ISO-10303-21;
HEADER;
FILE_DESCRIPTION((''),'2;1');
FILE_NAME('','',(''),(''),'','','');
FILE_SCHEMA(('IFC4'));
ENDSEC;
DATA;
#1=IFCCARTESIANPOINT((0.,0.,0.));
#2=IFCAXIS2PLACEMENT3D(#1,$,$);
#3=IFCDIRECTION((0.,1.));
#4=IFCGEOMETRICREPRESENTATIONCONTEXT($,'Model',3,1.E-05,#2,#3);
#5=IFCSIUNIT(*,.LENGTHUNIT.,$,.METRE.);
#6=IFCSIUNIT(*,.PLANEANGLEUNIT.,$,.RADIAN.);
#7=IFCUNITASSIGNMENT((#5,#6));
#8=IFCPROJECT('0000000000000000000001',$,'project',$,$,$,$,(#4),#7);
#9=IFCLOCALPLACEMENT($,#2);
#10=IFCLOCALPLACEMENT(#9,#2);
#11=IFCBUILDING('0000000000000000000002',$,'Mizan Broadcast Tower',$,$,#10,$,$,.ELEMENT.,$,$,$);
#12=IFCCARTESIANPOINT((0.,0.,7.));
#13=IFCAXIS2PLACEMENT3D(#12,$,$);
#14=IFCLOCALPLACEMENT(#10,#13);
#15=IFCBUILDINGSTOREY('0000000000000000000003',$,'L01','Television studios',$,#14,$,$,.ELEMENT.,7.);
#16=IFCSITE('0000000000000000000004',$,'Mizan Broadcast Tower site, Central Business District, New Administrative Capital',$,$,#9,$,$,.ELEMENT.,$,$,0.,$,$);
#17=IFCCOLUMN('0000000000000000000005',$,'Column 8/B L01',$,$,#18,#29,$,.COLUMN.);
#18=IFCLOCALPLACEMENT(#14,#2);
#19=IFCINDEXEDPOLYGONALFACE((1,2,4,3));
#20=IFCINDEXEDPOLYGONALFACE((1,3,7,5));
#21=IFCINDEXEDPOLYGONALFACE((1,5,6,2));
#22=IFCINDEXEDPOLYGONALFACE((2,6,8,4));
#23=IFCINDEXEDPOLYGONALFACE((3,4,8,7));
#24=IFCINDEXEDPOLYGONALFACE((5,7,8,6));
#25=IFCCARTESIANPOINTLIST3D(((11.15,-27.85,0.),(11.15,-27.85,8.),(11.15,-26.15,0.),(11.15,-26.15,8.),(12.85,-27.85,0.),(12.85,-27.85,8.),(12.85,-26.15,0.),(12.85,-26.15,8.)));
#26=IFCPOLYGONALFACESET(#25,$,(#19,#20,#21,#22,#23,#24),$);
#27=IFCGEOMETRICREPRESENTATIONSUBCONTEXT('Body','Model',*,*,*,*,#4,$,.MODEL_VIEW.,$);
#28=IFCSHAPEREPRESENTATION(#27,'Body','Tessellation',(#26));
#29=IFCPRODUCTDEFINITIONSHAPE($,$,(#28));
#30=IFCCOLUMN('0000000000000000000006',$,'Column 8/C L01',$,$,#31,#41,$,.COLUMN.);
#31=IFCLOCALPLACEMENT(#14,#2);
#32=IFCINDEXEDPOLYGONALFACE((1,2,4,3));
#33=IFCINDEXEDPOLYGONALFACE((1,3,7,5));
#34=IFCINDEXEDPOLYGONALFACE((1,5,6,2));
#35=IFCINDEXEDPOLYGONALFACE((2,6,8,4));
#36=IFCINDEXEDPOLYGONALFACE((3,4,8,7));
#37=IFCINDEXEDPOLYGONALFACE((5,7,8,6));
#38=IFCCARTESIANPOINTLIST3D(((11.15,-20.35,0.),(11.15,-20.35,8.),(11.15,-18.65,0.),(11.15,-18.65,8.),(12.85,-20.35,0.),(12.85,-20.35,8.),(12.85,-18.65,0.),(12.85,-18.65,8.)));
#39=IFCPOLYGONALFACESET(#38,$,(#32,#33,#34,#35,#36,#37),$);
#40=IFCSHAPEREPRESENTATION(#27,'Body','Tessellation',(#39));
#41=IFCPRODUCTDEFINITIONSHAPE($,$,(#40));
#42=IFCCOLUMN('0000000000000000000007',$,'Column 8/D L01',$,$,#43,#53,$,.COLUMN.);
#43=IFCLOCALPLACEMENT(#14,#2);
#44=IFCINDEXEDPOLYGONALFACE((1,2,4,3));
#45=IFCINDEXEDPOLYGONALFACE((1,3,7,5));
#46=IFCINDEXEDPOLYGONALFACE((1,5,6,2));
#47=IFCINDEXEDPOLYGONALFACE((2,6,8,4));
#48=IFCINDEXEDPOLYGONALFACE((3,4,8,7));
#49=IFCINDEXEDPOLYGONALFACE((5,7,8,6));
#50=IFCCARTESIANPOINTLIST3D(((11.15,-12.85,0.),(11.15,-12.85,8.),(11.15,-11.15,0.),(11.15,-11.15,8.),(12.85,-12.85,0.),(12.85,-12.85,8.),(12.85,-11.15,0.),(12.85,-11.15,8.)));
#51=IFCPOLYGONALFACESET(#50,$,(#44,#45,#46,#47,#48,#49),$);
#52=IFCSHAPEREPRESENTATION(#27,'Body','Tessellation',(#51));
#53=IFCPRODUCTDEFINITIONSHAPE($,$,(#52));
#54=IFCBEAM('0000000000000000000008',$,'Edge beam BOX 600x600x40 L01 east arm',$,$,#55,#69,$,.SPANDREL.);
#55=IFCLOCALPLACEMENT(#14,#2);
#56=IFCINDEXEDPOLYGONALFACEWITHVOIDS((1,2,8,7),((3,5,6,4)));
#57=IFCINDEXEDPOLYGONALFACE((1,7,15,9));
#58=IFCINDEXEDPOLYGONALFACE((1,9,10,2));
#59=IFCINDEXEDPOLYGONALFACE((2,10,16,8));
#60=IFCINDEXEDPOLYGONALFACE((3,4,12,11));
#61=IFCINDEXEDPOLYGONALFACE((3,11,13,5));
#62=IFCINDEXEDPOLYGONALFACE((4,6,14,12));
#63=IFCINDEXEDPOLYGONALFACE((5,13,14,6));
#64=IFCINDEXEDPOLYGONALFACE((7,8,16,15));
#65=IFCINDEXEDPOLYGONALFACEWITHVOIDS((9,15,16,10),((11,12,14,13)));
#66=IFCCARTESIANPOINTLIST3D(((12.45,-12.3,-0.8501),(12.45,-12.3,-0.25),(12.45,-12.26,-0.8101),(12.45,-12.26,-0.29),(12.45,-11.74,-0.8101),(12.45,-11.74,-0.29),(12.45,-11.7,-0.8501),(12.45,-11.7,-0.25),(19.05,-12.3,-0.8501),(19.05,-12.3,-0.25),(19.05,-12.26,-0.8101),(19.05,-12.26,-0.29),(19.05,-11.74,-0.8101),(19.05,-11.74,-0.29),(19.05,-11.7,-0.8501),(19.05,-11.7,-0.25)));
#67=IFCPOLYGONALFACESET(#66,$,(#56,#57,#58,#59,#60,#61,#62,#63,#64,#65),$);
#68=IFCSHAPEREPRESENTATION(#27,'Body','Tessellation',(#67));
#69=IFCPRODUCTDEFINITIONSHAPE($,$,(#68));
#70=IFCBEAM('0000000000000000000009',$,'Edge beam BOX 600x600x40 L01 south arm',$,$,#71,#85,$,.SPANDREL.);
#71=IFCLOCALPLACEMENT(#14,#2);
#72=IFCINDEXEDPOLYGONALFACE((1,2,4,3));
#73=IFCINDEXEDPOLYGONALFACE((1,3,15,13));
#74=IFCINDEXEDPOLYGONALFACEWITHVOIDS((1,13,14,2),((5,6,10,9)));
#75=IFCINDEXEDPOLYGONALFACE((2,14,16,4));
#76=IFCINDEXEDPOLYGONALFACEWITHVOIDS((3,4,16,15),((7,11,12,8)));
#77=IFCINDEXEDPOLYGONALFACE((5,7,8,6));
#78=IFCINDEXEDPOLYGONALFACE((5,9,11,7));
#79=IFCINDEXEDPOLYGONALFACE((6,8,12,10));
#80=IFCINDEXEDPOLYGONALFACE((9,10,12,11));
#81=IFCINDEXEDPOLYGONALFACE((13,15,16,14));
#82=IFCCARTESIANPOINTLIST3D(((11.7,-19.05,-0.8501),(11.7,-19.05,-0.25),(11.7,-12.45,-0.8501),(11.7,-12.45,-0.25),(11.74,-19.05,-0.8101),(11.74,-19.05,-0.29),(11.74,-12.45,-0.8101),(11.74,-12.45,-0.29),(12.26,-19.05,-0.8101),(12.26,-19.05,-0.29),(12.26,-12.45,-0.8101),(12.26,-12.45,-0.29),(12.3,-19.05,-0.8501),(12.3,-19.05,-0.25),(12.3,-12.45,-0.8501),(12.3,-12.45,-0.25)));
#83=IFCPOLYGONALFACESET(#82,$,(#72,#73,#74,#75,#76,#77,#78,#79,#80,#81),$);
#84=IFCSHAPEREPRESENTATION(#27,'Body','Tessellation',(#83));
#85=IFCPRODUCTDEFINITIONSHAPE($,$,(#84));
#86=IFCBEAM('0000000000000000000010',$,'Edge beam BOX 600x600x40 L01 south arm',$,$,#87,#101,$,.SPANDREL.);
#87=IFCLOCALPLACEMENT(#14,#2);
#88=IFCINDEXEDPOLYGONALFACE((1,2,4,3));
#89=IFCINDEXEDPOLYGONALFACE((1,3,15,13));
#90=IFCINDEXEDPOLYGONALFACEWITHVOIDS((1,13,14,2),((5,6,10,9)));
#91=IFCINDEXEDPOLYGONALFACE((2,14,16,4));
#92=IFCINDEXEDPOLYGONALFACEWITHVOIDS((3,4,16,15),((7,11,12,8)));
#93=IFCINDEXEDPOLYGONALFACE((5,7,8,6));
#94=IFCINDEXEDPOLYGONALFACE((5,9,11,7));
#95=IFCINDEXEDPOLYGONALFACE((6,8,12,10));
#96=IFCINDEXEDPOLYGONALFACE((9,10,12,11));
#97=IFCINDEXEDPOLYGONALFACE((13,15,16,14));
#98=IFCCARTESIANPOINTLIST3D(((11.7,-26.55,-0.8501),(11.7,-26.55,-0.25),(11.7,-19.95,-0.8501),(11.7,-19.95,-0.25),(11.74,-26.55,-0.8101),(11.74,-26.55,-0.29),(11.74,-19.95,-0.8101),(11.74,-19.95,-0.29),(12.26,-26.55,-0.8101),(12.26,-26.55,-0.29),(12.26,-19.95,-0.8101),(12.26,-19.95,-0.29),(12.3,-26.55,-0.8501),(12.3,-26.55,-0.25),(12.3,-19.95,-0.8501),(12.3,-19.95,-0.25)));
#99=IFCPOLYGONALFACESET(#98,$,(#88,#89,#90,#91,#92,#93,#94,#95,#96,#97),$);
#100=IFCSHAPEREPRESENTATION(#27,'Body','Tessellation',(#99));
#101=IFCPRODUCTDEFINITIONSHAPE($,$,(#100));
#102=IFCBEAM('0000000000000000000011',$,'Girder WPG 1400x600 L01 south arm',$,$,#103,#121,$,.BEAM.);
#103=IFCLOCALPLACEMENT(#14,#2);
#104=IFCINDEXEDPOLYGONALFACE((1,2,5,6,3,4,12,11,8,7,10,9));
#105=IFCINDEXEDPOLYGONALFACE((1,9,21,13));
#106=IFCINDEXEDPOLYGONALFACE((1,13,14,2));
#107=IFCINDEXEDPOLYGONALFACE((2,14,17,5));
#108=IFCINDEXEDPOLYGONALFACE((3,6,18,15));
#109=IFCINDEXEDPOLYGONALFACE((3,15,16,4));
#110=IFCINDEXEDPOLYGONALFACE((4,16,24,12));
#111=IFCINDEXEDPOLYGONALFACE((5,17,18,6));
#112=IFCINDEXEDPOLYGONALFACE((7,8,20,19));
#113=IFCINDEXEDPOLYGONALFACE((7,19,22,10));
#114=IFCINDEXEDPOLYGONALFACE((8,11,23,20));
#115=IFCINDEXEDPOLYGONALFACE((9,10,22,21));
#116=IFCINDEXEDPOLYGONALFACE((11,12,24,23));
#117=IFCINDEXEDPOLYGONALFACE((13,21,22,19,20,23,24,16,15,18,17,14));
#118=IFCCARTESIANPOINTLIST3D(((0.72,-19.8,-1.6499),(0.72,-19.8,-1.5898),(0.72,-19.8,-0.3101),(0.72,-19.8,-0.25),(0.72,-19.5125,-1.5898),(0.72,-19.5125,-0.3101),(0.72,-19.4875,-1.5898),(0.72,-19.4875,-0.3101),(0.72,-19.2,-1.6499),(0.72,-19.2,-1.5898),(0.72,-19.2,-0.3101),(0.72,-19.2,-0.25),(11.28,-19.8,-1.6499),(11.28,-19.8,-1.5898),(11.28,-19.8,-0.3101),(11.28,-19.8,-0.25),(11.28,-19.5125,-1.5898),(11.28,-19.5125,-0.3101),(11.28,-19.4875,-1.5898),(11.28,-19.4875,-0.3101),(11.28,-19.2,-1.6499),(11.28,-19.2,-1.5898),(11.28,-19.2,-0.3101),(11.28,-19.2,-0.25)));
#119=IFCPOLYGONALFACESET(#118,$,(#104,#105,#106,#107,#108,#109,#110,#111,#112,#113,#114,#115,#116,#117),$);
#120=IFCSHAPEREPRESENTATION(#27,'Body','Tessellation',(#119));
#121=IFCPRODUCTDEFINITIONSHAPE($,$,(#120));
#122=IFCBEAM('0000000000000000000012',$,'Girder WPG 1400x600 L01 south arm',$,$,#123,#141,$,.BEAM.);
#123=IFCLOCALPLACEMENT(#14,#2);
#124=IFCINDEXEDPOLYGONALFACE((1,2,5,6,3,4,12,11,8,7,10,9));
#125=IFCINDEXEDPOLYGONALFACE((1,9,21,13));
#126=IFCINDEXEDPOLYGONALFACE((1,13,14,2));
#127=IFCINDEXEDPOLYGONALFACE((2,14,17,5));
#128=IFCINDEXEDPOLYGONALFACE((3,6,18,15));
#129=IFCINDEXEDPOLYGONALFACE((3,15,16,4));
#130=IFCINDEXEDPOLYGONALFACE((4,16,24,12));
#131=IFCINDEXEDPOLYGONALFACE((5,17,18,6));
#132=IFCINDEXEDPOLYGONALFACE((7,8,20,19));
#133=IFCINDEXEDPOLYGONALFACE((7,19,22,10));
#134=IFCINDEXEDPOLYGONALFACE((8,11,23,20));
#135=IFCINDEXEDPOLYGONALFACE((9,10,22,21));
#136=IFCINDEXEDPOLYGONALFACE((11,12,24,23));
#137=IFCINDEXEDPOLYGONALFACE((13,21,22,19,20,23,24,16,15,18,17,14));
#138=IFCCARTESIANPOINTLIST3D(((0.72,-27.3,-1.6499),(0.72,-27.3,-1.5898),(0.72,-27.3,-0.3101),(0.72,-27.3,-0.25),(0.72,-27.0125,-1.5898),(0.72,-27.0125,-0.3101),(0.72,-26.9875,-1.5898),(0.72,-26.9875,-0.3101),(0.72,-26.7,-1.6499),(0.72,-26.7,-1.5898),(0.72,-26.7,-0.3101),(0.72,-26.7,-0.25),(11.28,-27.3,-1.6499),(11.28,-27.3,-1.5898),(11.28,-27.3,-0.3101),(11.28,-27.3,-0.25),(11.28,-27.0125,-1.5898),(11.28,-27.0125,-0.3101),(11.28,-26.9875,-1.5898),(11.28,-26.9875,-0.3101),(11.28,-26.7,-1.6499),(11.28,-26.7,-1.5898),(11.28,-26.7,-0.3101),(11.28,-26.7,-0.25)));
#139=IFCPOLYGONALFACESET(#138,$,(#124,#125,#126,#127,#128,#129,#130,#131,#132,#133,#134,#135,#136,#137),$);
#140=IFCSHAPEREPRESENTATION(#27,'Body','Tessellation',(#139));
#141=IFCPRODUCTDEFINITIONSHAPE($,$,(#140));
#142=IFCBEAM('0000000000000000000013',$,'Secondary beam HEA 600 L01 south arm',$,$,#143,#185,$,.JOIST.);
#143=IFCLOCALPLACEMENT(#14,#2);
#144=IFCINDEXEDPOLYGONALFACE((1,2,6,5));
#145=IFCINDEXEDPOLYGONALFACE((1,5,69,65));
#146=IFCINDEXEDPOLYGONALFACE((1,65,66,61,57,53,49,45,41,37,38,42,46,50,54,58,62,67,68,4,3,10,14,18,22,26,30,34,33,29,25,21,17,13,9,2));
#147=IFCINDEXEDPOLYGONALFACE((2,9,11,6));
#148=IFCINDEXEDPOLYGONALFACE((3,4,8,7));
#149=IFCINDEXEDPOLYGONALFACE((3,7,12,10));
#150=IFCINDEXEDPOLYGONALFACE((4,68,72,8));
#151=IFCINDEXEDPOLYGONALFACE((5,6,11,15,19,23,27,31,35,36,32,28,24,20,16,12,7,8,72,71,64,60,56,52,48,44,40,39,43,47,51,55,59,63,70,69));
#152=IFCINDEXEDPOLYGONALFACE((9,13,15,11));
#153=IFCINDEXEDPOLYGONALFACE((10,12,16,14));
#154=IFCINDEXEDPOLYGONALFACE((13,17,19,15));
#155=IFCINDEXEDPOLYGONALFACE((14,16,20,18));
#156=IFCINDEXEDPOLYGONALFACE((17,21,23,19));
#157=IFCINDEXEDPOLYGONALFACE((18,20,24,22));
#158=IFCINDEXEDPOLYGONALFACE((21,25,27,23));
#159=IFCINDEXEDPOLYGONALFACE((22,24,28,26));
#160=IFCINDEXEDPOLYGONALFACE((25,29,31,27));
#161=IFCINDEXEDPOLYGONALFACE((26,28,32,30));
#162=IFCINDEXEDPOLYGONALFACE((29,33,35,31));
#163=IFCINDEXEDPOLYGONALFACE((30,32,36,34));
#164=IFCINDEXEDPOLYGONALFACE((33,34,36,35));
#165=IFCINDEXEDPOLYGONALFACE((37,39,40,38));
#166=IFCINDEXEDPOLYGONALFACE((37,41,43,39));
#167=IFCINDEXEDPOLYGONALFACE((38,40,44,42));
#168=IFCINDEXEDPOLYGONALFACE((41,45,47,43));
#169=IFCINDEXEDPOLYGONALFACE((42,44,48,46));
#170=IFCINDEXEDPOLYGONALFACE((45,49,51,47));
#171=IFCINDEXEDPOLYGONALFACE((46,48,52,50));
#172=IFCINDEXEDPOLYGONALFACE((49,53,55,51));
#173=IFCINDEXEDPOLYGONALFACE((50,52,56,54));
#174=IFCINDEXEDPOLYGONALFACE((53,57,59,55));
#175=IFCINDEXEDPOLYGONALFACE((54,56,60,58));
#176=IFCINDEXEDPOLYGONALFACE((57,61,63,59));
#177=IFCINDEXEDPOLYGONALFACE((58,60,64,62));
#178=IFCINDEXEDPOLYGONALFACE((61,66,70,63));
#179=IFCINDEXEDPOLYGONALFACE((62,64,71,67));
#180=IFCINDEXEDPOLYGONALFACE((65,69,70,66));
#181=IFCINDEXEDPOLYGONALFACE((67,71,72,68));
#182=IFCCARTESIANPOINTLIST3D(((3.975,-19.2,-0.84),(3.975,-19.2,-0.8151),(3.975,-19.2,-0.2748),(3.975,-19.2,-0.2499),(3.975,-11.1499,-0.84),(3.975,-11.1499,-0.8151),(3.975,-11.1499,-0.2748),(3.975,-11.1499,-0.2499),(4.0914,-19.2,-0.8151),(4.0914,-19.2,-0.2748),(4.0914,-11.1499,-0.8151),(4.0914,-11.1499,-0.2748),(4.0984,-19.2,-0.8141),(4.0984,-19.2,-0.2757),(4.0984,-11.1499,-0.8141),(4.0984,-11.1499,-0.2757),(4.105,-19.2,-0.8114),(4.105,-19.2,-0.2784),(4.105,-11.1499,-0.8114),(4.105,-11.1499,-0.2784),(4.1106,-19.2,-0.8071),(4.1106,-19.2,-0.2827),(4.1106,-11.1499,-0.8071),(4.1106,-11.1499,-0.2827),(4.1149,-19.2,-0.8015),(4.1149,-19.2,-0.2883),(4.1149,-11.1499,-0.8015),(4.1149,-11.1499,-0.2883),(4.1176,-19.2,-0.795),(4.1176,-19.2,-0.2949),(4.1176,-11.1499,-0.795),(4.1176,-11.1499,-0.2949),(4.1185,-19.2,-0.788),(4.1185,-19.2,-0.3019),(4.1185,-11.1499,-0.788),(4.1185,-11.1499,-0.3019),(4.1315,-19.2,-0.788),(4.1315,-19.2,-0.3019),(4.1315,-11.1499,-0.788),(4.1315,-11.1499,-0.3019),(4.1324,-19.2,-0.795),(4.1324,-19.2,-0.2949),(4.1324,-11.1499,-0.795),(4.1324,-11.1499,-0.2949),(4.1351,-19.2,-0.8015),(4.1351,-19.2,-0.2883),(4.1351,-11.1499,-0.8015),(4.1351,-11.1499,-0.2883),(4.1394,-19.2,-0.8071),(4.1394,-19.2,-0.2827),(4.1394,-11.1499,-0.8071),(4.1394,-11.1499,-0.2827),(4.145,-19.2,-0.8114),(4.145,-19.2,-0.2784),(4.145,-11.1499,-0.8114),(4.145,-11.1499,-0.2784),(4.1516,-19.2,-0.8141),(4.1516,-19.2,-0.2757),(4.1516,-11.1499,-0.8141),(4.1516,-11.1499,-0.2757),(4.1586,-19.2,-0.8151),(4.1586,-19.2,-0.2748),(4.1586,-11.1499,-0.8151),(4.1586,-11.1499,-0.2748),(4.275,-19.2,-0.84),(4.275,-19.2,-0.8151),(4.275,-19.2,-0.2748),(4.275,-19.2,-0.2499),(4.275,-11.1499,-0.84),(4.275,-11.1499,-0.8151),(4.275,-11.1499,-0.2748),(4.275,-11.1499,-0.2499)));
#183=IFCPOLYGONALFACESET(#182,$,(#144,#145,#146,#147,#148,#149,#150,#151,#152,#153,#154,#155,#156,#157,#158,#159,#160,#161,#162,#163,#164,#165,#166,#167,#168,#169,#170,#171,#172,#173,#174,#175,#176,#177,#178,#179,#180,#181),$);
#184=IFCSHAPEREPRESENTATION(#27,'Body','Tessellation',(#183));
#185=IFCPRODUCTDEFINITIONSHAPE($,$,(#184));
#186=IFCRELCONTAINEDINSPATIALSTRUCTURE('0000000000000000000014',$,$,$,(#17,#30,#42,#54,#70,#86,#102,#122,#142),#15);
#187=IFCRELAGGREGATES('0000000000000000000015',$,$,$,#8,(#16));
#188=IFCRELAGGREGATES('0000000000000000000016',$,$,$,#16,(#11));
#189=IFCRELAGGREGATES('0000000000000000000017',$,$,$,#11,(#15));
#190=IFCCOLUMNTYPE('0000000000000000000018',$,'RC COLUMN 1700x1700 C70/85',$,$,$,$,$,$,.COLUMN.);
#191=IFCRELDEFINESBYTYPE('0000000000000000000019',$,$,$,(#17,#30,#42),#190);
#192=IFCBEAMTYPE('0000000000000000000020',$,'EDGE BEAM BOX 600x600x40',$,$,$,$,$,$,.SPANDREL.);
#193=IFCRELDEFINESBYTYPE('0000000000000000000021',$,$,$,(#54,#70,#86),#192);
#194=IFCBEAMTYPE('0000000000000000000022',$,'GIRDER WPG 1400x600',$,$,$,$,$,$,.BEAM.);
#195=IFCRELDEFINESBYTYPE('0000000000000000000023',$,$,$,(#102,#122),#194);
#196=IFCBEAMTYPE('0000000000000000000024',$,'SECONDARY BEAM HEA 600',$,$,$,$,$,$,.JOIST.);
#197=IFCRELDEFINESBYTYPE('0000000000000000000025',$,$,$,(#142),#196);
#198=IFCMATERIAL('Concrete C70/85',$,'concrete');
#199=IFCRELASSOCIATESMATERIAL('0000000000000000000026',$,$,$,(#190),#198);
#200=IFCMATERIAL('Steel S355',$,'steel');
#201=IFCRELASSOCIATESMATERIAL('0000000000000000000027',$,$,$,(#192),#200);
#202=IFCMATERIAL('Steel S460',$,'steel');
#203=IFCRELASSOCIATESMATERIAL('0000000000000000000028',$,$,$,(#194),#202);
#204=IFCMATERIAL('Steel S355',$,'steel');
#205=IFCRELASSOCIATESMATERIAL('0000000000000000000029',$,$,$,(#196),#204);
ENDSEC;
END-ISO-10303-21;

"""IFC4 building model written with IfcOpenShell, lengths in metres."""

from ifc_helpers import new_model, si_unit, direction, frame, origin, origin_2d, place, context, subcontext, project, spatial, rectangle, hollow_rectangle, i_section, extrude, material, material_profile, profile_set, type_object, element, save


model = new_model("IFC4")

# Units and contexts
model_context = context("Model", 3, precision=1e-05, world=origin(), true_north=direction((0.0, 1.0)))
body_context = subcontext(model_context, "Body", "Model", "MODEL_VIEW")
ifc_project = project(units=[si_unit("LENGTHUNIT", "METRE"), si_unit("PLANEANGLEUNIT", "RADIAN")], contexts=[model_context])

# Site, building, storey
site_placement = place(None, origin())
site = spatial("IfcSite", under=ifc_project, at=site_placement, Name="Mizan Broadcast Tower site, Central Business District, New Administrative Capital", CompositionType="ELEMENT", RefElevation=0.0)
building_placement = place(site_placement, origin())
building = spatial("IfcBuilding", under=site, at=building_placement, Name="Mizan Broadcast Tower", CompositionType="ELEMENT")
storey_placement = place(building_placement, frame((0.0, 0.0, 7.0)))
storey = spatial("IfcBuildingStorey", under=building, at=storey_placement, Name="L01", Description="Television studios", CompositionType="ELEMENT", Elevation=7.0)

# Columns
ifc_material_1 = material(Name="Concrete C70/85", Category="concrete")
ifc_material_profile_1 = material_profile(ifc_material_1, rectangle(XDim=1.7, YDim=1.7, at=origin_2d()), Name="RC 1700x1700")
ifc_profile_set_1 = profile_set([ifc_material_profile_1], Name="Concrete C70/85")
column_type = type_object("IfcColumnType", Name="RC COLUMN 1700x1700 C70/85", PredefinedType="COLUMN", material=ifc_profile_set_1)
for number, where, z_axis, x_axis, name in (
    (1, (12.0, -27.0, 0.0), (0.0, 0.0, 1.0), (1.0, 0.0, 0.0), "Column 8/B L01"),
    (2, (12.0, -19.5, 0.0), (0.0, 0.0, 1.0), (1.0, 0.0, 0.0), "Column 8/C L01"),
    (3, (12.0, -12.0, 0.0), (0.0, 0.0, 1.0), (1.0, 0.0, 0.0), "Column 8/D L01"),
):
    element("IfcColumn", number, at=place(storey_placement, frame(where, z_axis=z_axis, x_axis=x_axis)), inside=storey, type_object=column_type, Name=name, PredefinedType="COLUMN", context=body_context, shape_type="SweptSolid", body=[
        extrude(rectangle(XDim=1.7, YDim=1.7, at=origin_2d()), origin(), (0.0, 0.0, 1.0), 8.0),
    ])

# Beams
ifc_material_2 = material(Name="Steel S355", Category="steel")
ifc_material_profile_2 = material_profile(ifc_material_2, hollow_rectangle(XDim=0.6001, YDim=0.6001, WallThickness=0.04, at=origin_2d()), Name="BOX 600x600x40")
ifc_profile_set_2 = profile_set([ifc_material_profile_2], Name="Steel S355")
beam_type_1 = type_object("IfcBeamType", Name="EDGE BEAM BOX 600x600x40", PredefinedType="SPANDREL", material=ifc_profile_set_2)
for number, where, z_axis, x_axis, name in (
    (4, (12.45, -12.0, -0.55), (1.0, 0.0, 0.0), (0.0, 1.0, 0.0), "Edge beam BOX 600x600x40 L01 east arm"),
    (5, (12.0, -12.45, -0.55), (0.0, -1.0, 0.0), (1.0, 0.0, 0.0), "Edge beam BOX 600x600x40 L01 south arm"),
    (6, (12.0, -19.95, -0.55), (0.0, -1.0, 0.0), (1.0, 0.0, 0.0), "Edge beam BOX 600x600x40 L01 south arm"),
):
    element("IfcBeam", number, at=place(storey_placement, frame(where, z_axis=z_axis, x_axis=x_axis)), inside=storey, type_object=beam_type_1, Name=name, PredefinedType="SPANDREL", context=body_context, shape_type="SweptSolid", body=[
        extrude(hollow_rectangle(XDim=0.6001, YDim=0.6001, WallThickness=0.04, at=origin_2d()), origin(), (0.0, 0.0, 1.0), 6.6001),
    ])
ifc_material_3 = material(Name="Steel S460", Category="steel")
ifc_material_profile_3 = material_profile(ifc_material_3, i_section(OverallWidth=0.6001, OverallDepth=1.3999, WebThickness=0.0249, FlangeThickness=0.0601, at=origin_2d()), Name="WPG 1400x600")
ifc_profile_set_3 = profile_set([ifc_material_profile_3], Name="Steel S460")
beam_type_2 = type_object("IfcBeamType", Name="GIRDER WPG 1400x600", PredefinedType="BEAM", material=ifc_profile_set_3)
for number, where, z_axis, x_axis, name in (
    (7, (0.72, -19.5, -0.95), (1.0, 0.0, 0.0), (0.0, 1.0, 0.0), "Girder WPG 1400x600 L01 south arm"),
    (8, (0.72, -27.0, -0.95), (1.0, 0.0, 0.0), (0.0, 1.0, 0.0), "Girder WPG 1400x600 L01 south arm"),
):
    element("IfcBeam", number, at=place(storey_placement, frame(where, z_axis=z_axis, x_axis=x_axis)), inside=storey, type_object=beam_type_2, Name=name, PredefinedType="BEAM", context=body_context, shape_type="SweptSolid", body=[
        extrude(i_section(OverallWidth=0.6001, OverallDepth=1.3999, WebThickness=0.0249, FlangeThickness=0.0601, at=origin_2d()), origin(), (0.0, 0.0, 1.0), 10.5601),
    ])
ifc_material_4 = material(Name="Steel S355", Category="steel")
ifc_material_profile_4 = material_profile(ifc_material_4, i_section(OverallWidth=0.3, OverallDepth=0.5901, WebThickness=0.0129, FlangeThickness=0.0249, FilletRadius=0.0271, at=origin_2d()), Name="HEA 600")
ifc_profile_set_4 = profile_set([ifc_material_profile_4], Name="Steel S355")
beam_type_3 = type_object("IfcBeamType", Name="SECONDARY BEAM HEA 600", PredefinedType="JOIST", material=ifc_profile_set_4)
beam_1_placement = place(storey_placement, frame((4.125, -11.1499, -0.5449), z_axis=(0.0, -1.0, 0.0), x_axis=(1.0, 0.0, 0.0)))
element("IfcBeam", 9, at=beam_1_placement, inside=storey, type_object=beam_type_3, Name="Secondary beam HEA 600 L01 south arm", PredefinedType="JOIST", context=body_context, shape_type="SweptSolid", body=[
    extrude(i_section(OverallWidth=0.3, OverallDepth=0.5901, WebThickness=0.0129, FlangeThickness=0.0249, FilletRadius=0.0271, at=origin_2d()), origin(), (0.0, 0.0, 1.0), 8.05),
])

save(model, "model.ifc")
